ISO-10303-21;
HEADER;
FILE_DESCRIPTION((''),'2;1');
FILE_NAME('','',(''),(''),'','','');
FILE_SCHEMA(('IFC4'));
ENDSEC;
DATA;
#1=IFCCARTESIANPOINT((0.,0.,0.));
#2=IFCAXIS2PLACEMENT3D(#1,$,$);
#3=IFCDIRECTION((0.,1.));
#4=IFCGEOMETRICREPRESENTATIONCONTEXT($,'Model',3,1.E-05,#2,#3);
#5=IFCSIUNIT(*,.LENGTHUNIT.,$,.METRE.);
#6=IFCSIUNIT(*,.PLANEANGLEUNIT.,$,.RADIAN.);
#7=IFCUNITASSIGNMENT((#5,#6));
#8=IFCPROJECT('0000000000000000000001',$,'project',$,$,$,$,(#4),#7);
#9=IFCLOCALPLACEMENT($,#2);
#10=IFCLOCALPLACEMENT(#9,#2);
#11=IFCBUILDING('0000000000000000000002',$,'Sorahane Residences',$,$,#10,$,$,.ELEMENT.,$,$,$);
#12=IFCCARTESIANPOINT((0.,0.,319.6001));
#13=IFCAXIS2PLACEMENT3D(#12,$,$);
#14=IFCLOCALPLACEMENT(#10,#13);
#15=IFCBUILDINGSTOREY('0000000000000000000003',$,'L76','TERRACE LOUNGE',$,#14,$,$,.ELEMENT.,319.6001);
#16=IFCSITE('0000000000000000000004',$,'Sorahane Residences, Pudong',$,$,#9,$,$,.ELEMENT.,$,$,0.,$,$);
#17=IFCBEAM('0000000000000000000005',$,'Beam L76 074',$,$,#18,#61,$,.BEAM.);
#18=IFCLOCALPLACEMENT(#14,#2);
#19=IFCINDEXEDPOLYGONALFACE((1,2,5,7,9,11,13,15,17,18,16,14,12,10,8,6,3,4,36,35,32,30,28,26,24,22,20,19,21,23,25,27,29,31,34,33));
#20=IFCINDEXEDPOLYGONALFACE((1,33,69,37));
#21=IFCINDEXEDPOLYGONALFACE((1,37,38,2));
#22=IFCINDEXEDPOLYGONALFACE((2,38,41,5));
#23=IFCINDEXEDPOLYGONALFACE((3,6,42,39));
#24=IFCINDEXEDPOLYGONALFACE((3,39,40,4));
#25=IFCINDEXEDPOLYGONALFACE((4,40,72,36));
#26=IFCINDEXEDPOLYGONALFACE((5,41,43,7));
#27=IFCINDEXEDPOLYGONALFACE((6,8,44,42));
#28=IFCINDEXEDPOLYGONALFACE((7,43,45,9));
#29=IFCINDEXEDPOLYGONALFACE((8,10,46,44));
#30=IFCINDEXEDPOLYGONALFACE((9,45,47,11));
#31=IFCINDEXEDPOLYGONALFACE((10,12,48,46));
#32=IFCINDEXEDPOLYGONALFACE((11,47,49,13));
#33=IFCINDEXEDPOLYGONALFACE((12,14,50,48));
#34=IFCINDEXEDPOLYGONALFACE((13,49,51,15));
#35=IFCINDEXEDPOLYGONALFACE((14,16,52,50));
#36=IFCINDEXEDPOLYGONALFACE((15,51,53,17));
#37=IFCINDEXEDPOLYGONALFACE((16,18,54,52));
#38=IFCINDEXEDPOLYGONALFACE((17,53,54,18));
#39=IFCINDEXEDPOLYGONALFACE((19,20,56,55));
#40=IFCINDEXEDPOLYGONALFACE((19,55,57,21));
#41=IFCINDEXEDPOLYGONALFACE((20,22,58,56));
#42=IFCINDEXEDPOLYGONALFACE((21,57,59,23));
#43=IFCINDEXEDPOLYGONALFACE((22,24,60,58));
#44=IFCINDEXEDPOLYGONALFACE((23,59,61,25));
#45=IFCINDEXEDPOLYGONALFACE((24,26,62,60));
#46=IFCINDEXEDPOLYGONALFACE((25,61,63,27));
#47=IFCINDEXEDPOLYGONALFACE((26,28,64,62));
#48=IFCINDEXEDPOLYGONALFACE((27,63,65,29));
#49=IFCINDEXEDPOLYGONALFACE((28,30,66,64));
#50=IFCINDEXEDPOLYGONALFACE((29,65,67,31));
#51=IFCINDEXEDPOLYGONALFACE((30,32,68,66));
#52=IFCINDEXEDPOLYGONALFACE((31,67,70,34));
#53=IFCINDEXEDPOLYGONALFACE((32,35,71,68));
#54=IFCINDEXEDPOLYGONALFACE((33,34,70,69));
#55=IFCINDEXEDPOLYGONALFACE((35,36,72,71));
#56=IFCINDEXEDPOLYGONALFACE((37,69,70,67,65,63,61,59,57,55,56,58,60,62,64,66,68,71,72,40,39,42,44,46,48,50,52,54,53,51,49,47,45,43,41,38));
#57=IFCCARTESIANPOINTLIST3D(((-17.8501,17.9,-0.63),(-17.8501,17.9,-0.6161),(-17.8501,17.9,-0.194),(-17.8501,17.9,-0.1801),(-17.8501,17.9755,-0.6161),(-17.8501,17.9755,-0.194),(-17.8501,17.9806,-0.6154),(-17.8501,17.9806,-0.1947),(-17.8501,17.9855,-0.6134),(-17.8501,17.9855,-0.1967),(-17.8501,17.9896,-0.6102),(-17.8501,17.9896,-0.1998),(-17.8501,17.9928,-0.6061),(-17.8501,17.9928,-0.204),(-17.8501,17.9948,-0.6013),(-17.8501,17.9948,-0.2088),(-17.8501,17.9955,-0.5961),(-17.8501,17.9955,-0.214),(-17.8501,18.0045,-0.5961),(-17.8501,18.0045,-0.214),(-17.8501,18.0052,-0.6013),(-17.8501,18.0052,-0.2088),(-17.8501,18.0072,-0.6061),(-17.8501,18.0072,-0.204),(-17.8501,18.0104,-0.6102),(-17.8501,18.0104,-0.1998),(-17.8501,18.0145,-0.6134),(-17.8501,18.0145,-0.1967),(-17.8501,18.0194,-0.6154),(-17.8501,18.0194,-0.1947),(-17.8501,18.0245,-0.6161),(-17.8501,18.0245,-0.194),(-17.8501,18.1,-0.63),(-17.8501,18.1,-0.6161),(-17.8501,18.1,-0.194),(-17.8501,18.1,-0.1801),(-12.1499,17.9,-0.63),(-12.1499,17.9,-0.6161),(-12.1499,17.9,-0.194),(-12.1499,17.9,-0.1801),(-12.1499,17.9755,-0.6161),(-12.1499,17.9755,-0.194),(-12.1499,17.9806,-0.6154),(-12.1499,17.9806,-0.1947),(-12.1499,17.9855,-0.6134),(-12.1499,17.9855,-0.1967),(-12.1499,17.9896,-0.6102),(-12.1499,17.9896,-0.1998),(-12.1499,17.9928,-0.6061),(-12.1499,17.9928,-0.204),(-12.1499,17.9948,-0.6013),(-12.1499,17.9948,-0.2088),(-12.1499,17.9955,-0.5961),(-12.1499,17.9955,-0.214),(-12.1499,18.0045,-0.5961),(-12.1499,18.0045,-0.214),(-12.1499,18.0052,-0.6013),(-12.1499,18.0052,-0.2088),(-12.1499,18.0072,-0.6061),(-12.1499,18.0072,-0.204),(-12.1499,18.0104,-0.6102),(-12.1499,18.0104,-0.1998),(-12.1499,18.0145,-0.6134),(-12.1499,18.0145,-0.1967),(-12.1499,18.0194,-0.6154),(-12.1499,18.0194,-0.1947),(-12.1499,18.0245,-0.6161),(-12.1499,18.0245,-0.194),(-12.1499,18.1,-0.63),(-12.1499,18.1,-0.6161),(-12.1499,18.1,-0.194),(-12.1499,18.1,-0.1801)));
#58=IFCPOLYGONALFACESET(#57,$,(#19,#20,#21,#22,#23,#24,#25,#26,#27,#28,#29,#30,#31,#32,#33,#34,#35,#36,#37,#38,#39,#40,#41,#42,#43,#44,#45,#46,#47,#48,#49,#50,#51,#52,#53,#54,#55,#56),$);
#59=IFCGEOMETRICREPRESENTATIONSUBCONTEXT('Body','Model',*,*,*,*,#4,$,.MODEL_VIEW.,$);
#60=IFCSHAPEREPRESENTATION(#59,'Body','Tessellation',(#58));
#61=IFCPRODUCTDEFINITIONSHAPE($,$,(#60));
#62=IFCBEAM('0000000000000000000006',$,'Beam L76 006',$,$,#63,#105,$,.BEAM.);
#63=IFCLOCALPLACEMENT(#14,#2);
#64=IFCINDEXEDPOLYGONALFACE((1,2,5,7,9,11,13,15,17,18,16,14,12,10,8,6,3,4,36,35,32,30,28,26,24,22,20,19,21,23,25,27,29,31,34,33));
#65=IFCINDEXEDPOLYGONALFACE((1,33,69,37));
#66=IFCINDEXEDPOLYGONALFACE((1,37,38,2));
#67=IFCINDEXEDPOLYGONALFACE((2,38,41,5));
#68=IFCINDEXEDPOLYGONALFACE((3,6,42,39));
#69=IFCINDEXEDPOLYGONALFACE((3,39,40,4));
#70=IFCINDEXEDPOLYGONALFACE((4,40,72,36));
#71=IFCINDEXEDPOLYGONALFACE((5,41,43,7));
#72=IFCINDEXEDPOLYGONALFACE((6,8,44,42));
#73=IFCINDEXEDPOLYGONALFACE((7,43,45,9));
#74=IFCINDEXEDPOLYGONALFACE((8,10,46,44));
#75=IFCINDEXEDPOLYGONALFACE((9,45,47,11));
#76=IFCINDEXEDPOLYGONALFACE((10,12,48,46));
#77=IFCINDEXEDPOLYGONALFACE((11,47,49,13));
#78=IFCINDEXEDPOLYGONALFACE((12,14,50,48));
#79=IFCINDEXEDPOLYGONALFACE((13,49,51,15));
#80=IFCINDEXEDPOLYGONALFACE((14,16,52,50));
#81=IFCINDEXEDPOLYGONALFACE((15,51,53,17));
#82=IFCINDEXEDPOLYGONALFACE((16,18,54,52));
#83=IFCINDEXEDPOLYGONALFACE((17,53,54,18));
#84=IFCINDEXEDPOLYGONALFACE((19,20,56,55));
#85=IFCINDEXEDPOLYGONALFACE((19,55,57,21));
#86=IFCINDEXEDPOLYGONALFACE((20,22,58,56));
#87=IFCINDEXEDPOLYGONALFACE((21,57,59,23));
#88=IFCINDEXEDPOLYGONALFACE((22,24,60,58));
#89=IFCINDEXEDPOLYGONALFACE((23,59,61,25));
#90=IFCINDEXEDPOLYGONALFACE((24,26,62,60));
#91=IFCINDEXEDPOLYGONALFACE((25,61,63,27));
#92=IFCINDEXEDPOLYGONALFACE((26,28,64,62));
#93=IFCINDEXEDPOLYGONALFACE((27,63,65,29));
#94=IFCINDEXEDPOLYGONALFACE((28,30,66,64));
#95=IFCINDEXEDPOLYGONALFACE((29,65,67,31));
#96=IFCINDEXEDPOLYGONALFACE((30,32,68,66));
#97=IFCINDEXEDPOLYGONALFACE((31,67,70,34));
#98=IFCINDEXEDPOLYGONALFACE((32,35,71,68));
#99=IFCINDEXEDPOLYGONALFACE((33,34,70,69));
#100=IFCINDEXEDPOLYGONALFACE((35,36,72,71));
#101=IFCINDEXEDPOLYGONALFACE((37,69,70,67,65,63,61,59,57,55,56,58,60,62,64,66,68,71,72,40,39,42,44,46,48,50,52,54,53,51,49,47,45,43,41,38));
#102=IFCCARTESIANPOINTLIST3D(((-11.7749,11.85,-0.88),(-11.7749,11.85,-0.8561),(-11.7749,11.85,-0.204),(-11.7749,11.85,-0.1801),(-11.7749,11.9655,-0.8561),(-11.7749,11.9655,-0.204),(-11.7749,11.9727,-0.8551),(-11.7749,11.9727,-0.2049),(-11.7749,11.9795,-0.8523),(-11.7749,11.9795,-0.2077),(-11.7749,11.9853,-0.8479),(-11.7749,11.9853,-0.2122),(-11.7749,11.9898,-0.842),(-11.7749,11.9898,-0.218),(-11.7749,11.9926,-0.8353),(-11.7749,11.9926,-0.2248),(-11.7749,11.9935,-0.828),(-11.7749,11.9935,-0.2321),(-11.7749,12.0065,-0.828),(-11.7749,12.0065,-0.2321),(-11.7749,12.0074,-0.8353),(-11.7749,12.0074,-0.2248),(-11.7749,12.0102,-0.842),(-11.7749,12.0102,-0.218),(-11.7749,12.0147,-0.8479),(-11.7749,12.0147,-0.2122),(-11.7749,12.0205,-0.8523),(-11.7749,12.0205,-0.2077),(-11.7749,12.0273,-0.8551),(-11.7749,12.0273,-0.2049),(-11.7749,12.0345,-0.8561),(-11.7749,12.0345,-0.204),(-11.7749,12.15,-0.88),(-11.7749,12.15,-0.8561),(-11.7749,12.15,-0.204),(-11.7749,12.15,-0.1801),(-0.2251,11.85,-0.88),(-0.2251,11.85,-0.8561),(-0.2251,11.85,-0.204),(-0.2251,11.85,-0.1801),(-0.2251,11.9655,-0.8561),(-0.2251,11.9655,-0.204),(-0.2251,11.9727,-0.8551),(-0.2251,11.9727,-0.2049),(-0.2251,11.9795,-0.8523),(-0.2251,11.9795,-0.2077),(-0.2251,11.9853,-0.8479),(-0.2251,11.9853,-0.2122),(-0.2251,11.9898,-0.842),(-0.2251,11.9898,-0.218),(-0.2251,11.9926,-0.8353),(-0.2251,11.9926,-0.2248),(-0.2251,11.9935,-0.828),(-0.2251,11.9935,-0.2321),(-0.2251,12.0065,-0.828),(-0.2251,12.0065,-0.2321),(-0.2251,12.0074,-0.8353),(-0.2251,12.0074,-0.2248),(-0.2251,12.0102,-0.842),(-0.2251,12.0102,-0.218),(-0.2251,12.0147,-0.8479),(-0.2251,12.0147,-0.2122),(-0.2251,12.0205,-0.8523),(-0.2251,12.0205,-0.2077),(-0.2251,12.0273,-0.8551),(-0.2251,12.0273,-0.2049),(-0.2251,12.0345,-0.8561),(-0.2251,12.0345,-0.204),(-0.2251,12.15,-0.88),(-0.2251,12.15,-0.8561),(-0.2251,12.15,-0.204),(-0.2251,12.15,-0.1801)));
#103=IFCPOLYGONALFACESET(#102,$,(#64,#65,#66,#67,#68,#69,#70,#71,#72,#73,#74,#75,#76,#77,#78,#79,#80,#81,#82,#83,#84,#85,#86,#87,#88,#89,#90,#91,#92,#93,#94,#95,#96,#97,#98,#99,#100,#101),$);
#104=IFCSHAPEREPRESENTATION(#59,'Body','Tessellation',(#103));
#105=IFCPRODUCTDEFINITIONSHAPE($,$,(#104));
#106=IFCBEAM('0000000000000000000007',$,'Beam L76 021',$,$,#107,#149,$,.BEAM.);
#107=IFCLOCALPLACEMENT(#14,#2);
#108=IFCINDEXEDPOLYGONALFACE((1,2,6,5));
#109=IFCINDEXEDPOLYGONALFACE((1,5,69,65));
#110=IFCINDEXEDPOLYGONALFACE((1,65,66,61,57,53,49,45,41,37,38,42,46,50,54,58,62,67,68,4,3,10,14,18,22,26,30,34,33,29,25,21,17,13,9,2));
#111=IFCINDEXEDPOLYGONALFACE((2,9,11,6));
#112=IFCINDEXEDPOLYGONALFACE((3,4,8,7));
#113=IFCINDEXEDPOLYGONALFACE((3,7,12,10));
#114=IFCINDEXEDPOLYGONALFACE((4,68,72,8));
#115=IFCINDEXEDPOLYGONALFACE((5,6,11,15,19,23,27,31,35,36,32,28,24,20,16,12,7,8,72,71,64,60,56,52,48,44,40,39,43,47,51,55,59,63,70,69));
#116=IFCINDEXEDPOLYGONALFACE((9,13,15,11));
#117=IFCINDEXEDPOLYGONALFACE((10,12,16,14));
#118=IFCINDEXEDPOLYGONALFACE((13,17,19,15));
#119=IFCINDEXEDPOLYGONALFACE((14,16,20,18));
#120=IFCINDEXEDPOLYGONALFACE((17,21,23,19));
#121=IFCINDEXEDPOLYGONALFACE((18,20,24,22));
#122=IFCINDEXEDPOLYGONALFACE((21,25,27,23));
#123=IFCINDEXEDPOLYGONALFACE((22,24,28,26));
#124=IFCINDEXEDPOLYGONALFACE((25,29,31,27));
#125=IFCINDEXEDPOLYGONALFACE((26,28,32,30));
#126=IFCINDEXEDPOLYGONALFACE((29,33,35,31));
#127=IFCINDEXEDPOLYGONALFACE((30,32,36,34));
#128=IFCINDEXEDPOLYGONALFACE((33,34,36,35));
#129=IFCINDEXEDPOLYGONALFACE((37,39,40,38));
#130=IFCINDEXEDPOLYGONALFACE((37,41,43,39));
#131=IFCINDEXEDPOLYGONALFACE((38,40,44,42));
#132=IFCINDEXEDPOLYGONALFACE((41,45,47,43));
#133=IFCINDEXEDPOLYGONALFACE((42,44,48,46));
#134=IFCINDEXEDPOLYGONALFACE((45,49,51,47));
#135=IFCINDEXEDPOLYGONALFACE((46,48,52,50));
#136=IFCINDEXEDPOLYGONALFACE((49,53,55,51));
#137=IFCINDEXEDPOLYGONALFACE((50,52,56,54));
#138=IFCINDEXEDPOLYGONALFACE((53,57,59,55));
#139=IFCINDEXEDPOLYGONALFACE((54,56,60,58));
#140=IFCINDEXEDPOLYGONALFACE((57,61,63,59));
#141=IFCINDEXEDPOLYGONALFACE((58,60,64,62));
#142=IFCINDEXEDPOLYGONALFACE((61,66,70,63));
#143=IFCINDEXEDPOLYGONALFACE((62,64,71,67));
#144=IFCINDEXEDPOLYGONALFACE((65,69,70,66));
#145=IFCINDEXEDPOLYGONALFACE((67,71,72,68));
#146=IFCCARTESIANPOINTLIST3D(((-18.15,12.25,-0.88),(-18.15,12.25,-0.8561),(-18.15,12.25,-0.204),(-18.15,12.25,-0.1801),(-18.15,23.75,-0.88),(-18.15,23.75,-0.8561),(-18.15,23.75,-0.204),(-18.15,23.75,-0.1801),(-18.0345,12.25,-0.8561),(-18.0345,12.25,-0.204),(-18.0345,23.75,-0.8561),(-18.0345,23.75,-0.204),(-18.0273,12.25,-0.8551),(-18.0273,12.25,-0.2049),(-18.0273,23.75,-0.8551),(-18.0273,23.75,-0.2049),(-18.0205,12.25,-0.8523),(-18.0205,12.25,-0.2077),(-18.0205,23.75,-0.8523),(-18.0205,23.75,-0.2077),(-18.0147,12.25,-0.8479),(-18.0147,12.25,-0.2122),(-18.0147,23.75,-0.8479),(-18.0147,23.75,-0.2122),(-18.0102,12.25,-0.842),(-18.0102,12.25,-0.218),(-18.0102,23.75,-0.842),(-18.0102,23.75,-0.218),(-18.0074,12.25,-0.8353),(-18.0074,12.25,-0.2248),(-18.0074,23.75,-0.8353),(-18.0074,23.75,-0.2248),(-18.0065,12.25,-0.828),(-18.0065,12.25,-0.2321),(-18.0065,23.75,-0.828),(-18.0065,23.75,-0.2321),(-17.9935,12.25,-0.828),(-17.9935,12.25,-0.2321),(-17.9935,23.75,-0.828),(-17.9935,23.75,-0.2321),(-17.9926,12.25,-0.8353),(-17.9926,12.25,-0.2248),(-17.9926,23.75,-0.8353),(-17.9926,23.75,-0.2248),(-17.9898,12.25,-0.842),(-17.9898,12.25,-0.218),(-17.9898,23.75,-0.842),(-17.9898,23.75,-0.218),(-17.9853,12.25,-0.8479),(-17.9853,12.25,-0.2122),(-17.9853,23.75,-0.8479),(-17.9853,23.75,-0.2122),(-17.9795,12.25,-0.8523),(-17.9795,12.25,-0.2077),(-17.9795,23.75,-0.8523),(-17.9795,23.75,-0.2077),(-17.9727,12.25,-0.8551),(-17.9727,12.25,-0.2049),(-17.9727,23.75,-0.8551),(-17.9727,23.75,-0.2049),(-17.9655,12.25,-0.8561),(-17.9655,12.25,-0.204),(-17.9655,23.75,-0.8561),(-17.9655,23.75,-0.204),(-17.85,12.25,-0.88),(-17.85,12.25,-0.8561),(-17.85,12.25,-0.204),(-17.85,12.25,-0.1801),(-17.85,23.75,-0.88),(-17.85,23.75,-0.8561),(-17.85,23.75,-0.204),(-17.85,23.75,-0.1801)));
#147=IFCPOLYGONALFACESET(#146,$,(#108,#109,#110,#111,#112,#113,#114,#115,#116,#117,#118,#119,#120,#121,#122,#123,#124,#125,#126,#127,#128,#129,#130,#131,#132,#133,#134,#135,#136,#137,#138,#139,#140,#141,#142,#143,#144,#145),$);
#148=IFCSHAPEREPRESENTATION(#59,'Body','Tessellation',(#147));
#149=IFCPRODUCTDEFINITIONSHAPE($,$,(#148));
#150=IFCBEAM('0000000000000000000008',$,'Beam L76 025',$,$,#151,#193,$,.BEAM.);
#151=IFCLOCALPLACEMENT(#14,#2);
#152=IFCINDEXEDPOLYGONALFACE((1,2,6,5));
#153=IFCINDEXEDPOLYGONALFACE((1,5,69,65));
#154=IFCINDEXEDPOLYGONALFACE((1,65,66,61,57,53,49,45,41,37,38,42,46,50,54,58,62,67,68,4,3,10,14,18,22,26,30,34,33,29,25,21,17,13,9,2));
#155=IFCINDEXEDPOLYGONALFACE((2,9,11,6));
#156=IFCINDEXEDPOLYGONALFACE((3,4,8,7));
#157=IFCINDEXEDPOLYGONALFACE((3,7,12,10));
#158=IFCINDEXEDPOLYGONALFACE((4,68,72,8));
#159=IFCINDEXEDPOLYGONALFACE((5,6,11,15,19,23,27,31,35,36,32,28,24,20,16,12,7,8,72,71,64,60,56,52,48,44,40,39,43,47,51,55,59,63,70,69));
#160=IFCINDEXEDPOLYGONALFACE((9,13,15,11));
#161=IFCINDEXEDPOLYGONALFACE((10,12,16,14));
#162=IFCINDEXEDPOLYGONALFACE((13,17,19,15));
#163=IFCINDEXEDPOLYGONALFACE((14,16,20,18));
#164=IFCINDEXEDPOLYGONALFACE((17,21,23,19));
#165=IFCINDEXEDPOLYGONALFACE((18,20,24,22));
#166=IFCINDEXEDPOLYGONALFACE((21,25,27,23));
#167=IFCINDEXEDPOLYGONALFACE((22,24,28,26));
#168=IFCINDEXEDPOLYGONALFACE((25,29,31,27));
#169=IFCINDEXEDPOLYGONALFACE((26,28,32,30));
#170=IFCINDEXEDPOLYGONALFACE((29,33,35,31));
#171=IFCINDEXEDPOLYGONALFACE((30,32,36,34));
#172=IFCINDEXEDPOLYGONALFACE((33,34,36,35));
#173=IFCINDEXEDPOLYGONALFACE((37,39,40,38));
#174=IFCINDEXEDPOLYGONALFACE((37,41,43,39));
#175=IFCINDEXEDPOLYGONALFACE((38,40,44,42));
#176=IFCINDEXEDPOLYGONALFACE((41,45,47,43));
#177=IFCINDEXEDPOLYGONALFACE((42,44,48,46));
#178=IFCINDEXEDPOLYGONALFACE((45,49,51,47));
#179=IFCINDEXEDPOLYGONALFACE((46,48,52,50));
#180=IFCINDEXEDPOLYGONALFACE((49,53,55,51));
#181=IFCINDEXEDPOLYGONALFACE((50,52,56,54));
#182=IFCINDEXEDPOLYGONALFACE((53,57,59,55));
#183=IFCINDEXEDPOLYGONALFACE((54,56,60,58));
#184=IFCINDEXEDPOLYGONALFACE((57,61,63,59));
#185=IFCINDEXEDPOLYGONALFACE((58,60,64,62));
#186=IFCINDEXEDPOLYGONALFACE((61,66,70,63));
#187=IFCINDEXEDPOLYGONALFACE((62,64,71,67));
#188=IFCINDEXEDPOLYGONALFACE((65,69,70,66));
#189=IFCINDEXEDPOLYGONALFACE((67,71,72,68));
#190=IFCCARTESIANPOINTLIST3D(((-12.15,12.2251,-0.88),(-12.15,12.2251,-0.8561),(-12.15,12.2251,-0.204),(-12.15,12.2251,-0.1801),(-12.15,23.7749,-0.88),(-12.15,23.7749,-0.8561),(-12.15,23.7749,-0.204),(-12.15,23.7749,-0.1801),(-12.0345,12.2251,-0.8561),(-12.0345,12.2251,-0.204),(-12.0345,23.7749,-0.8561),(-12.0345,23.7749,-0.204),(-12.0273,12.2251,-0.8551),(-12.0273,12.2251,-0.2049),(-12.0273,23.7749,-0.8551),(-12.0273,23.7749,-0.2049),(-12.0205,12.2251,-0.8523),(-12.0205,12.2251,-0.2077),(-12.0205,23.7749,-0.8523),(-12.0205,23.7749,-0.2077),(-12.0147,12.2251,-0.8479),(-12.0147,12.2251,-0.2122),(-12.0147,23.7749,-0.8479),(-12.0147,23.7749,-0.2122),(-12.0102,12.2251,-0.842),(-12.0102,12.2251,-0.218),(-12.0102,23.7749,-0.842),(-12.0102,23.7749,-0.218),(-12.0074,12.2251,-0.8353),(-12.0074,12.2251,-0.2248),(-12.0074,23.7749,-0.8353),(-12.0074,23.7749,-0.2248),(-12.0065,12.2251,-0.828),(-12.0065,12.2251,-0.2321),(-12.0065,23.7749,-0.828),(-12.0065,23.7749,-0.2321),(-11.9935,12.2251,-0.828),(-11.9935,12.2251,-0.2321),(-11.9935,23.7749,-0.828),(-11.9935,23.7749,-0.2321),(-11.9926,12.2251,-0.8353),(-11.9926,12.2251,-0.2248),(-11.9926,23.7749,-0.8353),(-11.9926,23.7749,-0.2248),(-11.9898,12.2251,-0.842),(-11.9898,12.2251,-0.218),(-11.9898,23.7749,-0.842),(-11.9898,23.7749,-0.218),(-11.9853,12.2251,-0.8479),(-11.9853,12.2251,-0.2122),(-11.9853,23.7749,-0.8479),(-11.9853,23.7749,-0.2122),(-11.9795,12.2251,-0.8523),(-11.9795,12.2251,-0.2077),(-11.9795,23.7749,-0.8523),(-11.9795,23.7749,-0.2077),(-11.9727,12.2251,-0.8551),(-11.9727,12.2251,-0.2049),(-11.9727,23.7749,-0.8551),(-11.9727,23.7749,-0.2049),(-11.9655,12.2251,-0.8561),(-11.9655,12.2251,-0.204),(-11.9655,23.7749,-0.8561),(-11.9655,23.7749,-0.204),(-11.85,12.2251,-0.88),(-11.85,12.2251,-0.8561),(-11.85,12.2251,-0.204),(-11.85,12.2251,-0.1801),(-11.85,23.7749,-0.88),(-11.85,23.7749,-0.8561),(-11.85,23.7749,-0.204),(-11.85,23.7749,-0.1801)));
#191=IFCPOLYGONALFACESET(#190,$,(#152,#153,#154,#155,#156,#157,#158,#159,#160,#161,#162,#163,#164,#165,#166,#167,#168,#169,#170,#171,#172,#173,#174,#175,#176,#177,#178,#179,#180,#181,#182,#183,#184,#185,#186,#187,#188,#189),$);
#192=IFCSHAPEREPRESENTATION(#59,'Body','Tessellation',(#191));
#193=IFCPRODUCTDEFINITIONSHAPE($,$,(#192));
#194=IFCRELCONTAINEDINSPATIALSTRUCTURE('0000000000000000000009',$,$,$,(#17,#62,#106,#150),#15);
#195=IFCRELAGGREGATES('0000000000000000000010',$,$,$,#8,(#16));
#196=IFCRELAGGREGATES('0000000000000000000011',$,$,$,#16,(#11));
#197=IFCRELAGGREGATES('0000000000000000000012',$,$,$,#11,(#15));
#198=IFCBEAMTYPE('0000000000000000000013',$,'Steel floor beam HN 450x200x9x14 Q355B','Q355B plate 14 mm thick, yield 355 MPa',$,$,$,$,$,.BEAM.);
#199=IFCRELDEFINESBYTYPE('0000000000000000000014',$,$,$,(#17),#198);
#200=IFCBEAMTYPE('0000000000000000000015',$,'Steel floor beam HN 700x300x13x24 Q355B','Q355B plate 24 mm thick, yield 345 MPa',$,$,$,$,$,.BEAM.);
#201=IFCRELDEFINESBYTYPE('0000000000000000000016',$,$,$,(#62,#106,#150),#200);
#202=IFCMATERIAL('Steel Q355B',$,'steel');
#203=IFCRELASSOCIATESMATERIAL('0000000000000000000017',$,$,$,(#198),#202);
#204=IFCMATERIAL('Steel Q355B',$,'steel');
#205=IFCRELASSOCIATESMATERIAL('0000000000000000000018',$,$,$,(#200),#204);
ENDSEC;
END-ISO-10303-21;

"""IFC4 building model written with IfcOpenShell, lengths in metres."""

from ifc_helpers import new_model, si_unit, direction, frame, origin, origin_2d, place, context, subcontext, project, spatial, i_section, extrude, material, material_profile, profile_set, type_object, element, save


model = new_model("IFC4")

# Units and contexts
model_context = context("Model", 3, precision=1e-05, world=origin(), true_north=direction((0.0, 1.0)))
body_context = subcontext(model_context, "Body", "Model", "MODEL_VIEW")
ifc_project = project(units=[si_unit("LENGTHUNIT", "METRE"), si_unit("PLANEANGLEUNIT", "RADIAN")], contexts=[model_context])

# Site, building, storey
site_placement = place(None, origin())
site = spatial("IfcSite", under=ifc_project, at=site_placement, Name="Sorahane Residences, Pudong", CompositionType="ELEMENT", RefElevation=0.0)
building_placement = place(site_placement, origin())
building = spatial("IfcBuilding", under=site, at=building_placement, Name="Sorahane Residences", CompositionType="ELEMENT")
storey_placement = place(building_placement, frame((0.0, 0.0, 319.6001)))
storey = spatial("IfcBuildingStorey", under=building, at=storey_placement, Name="L76", Description="TERRACE LOUNGE", CompositionType="ELEMENT", Elevation=319.6001)

# Beams
ifc_material_1 = material(Name="Steel Q355B", Category="steel")
ifc_material_profile_1 = material_profile(ifc_material_1, i_section(OverallWidth=0.2, OverallDepth=0.45, WebThickness=0.009, FlangeThickness=0.0139, FilletRadius=0.02, at=origin_2d()), Name="HN 450x200x9x14")
ifc_profile_set_1 = profile_set([ifc_material_profile_1], Name="Steel Q355B")
beam_type_1 = type_object("IfcBeamType", Name="Steel floor beam HN 450x200x9x14 Q355B", Description="Q355B plate 14 mm thick, yield 355 MPa", PredefinedType="BEAM", material=ifc_profile_set_1)
beam_1_placement = place(storey_placement, frame((-17.8501, 18.0, -0.405), z_axis=(1.0, 0.0, 0.0), x_axis=(0.0, 1.0, 0.0)))
element("IfcBeam", 1, at=beam_1_placement, inside=storey, type_object=beam_type_1, Name="Beam L76 074", PredefinedType="BEAM", context=body_context, shape_type="SweptSolid", body=[
    extrude(i_section(OverallWidth=0.2, OverallDepth=0.45, WebThickness=0.009, FlangeThickness=0.0139, FilletRadius=0.02, at=origin_2d()), origin(), (0.0, 0.0, 1.0), 5.7002),
])
ifc_material_2 = material(Name="Steel Q355B", Category="steel")
ifc_material_profile_2 = material_profile(ifc_material_2, i_section(OverallWidth=0.3, OverallDepth=0.7, WebThickness=0.0129, FlangeThickness=0.0239, FilletRadius=0.0281, at=origin_2d()), Name="HN 700x300x13x24")
ifc_profile_set_2 = profile_set([ifc_material_profile_2], Name="Steel Q355B")
beam_type_2 = type_object("IfcBeamType", Name="Steel floor beam HN 700x300x13x24 Q355B", Description="Q355B plate 24 mm thick, yield 345 MPa", PredefinedType="BEAM", material=ifc_profile_set_2)
beam_2_placement = place(storey_placement, frame((-11.7749, 12.0, -0.53), z_axis=(1.0, 0.0, 0.0), x_axis=(0.0, 1.0, 0.0)))
element("IfcBeam", 2, at=beam_2_placement, inside=storey, type_object=beam_type_2, Name="Beam L76 006", PredefinedType="BEAM", context=body_context, shape_type="SweptSolid", body=[
    extrude(i_section(OverallWidth=0.3, OverallDepth=0.7, WebThickness=0.0129, FlangeThickness=0.0239, FilletRadius=0.0281, at=origin_2d()), origin(), (0.0, 0.0, 1.0), 11.5498),
])
beam_3_placement = place(storey_placement, frame((-18.0, 12.25, -0.53), z_axis=(0.0, 1.0, 0.0), x_axis=(-1.0, 0.0, 0.0)))
element("IfcBeam", 3, at=beam_3_placement, inside=storey, type_object=beam_type_2, Name="Beam L76 021", PredefinedType="BEAM", context=body_context, shape_type="SweptSolid", body=[
    extrude(i_section(OverallWidth=0.3, OverallDepth=0.7, WebThickness=0.0129, FlangeThickness=0.0239, FilletRadius=0.0281, at=origin_2d()), origin(), (0.0, 0.0, 1.0), 11.5),
])
beam_4_placement = place(storey_placement, frame((-12.0, 12.2251, -0.53), z_axis=(0.0, 1.0, 0.0), x_axis=(-1.0, 0.0, 0.0)))
element("IfcBeam", 4, at=beam_4_placement, inside=storey, type_object=beam_type_2, Name="Beam L76 025", PredefinedType="BEAM", context=body_context, shape_type="SweptSolid", body=[
    extrude(i_section(OverallWidth=0.3, OverallDepth=0.7, WebThickness=0.0129, FlangeThickness=0.0239, FilletRadius=0.0281, at=origin_2d()), origin(), (0.0, 0.0, 1.0), 11.5498),
])

save(model, "model.ifc")
